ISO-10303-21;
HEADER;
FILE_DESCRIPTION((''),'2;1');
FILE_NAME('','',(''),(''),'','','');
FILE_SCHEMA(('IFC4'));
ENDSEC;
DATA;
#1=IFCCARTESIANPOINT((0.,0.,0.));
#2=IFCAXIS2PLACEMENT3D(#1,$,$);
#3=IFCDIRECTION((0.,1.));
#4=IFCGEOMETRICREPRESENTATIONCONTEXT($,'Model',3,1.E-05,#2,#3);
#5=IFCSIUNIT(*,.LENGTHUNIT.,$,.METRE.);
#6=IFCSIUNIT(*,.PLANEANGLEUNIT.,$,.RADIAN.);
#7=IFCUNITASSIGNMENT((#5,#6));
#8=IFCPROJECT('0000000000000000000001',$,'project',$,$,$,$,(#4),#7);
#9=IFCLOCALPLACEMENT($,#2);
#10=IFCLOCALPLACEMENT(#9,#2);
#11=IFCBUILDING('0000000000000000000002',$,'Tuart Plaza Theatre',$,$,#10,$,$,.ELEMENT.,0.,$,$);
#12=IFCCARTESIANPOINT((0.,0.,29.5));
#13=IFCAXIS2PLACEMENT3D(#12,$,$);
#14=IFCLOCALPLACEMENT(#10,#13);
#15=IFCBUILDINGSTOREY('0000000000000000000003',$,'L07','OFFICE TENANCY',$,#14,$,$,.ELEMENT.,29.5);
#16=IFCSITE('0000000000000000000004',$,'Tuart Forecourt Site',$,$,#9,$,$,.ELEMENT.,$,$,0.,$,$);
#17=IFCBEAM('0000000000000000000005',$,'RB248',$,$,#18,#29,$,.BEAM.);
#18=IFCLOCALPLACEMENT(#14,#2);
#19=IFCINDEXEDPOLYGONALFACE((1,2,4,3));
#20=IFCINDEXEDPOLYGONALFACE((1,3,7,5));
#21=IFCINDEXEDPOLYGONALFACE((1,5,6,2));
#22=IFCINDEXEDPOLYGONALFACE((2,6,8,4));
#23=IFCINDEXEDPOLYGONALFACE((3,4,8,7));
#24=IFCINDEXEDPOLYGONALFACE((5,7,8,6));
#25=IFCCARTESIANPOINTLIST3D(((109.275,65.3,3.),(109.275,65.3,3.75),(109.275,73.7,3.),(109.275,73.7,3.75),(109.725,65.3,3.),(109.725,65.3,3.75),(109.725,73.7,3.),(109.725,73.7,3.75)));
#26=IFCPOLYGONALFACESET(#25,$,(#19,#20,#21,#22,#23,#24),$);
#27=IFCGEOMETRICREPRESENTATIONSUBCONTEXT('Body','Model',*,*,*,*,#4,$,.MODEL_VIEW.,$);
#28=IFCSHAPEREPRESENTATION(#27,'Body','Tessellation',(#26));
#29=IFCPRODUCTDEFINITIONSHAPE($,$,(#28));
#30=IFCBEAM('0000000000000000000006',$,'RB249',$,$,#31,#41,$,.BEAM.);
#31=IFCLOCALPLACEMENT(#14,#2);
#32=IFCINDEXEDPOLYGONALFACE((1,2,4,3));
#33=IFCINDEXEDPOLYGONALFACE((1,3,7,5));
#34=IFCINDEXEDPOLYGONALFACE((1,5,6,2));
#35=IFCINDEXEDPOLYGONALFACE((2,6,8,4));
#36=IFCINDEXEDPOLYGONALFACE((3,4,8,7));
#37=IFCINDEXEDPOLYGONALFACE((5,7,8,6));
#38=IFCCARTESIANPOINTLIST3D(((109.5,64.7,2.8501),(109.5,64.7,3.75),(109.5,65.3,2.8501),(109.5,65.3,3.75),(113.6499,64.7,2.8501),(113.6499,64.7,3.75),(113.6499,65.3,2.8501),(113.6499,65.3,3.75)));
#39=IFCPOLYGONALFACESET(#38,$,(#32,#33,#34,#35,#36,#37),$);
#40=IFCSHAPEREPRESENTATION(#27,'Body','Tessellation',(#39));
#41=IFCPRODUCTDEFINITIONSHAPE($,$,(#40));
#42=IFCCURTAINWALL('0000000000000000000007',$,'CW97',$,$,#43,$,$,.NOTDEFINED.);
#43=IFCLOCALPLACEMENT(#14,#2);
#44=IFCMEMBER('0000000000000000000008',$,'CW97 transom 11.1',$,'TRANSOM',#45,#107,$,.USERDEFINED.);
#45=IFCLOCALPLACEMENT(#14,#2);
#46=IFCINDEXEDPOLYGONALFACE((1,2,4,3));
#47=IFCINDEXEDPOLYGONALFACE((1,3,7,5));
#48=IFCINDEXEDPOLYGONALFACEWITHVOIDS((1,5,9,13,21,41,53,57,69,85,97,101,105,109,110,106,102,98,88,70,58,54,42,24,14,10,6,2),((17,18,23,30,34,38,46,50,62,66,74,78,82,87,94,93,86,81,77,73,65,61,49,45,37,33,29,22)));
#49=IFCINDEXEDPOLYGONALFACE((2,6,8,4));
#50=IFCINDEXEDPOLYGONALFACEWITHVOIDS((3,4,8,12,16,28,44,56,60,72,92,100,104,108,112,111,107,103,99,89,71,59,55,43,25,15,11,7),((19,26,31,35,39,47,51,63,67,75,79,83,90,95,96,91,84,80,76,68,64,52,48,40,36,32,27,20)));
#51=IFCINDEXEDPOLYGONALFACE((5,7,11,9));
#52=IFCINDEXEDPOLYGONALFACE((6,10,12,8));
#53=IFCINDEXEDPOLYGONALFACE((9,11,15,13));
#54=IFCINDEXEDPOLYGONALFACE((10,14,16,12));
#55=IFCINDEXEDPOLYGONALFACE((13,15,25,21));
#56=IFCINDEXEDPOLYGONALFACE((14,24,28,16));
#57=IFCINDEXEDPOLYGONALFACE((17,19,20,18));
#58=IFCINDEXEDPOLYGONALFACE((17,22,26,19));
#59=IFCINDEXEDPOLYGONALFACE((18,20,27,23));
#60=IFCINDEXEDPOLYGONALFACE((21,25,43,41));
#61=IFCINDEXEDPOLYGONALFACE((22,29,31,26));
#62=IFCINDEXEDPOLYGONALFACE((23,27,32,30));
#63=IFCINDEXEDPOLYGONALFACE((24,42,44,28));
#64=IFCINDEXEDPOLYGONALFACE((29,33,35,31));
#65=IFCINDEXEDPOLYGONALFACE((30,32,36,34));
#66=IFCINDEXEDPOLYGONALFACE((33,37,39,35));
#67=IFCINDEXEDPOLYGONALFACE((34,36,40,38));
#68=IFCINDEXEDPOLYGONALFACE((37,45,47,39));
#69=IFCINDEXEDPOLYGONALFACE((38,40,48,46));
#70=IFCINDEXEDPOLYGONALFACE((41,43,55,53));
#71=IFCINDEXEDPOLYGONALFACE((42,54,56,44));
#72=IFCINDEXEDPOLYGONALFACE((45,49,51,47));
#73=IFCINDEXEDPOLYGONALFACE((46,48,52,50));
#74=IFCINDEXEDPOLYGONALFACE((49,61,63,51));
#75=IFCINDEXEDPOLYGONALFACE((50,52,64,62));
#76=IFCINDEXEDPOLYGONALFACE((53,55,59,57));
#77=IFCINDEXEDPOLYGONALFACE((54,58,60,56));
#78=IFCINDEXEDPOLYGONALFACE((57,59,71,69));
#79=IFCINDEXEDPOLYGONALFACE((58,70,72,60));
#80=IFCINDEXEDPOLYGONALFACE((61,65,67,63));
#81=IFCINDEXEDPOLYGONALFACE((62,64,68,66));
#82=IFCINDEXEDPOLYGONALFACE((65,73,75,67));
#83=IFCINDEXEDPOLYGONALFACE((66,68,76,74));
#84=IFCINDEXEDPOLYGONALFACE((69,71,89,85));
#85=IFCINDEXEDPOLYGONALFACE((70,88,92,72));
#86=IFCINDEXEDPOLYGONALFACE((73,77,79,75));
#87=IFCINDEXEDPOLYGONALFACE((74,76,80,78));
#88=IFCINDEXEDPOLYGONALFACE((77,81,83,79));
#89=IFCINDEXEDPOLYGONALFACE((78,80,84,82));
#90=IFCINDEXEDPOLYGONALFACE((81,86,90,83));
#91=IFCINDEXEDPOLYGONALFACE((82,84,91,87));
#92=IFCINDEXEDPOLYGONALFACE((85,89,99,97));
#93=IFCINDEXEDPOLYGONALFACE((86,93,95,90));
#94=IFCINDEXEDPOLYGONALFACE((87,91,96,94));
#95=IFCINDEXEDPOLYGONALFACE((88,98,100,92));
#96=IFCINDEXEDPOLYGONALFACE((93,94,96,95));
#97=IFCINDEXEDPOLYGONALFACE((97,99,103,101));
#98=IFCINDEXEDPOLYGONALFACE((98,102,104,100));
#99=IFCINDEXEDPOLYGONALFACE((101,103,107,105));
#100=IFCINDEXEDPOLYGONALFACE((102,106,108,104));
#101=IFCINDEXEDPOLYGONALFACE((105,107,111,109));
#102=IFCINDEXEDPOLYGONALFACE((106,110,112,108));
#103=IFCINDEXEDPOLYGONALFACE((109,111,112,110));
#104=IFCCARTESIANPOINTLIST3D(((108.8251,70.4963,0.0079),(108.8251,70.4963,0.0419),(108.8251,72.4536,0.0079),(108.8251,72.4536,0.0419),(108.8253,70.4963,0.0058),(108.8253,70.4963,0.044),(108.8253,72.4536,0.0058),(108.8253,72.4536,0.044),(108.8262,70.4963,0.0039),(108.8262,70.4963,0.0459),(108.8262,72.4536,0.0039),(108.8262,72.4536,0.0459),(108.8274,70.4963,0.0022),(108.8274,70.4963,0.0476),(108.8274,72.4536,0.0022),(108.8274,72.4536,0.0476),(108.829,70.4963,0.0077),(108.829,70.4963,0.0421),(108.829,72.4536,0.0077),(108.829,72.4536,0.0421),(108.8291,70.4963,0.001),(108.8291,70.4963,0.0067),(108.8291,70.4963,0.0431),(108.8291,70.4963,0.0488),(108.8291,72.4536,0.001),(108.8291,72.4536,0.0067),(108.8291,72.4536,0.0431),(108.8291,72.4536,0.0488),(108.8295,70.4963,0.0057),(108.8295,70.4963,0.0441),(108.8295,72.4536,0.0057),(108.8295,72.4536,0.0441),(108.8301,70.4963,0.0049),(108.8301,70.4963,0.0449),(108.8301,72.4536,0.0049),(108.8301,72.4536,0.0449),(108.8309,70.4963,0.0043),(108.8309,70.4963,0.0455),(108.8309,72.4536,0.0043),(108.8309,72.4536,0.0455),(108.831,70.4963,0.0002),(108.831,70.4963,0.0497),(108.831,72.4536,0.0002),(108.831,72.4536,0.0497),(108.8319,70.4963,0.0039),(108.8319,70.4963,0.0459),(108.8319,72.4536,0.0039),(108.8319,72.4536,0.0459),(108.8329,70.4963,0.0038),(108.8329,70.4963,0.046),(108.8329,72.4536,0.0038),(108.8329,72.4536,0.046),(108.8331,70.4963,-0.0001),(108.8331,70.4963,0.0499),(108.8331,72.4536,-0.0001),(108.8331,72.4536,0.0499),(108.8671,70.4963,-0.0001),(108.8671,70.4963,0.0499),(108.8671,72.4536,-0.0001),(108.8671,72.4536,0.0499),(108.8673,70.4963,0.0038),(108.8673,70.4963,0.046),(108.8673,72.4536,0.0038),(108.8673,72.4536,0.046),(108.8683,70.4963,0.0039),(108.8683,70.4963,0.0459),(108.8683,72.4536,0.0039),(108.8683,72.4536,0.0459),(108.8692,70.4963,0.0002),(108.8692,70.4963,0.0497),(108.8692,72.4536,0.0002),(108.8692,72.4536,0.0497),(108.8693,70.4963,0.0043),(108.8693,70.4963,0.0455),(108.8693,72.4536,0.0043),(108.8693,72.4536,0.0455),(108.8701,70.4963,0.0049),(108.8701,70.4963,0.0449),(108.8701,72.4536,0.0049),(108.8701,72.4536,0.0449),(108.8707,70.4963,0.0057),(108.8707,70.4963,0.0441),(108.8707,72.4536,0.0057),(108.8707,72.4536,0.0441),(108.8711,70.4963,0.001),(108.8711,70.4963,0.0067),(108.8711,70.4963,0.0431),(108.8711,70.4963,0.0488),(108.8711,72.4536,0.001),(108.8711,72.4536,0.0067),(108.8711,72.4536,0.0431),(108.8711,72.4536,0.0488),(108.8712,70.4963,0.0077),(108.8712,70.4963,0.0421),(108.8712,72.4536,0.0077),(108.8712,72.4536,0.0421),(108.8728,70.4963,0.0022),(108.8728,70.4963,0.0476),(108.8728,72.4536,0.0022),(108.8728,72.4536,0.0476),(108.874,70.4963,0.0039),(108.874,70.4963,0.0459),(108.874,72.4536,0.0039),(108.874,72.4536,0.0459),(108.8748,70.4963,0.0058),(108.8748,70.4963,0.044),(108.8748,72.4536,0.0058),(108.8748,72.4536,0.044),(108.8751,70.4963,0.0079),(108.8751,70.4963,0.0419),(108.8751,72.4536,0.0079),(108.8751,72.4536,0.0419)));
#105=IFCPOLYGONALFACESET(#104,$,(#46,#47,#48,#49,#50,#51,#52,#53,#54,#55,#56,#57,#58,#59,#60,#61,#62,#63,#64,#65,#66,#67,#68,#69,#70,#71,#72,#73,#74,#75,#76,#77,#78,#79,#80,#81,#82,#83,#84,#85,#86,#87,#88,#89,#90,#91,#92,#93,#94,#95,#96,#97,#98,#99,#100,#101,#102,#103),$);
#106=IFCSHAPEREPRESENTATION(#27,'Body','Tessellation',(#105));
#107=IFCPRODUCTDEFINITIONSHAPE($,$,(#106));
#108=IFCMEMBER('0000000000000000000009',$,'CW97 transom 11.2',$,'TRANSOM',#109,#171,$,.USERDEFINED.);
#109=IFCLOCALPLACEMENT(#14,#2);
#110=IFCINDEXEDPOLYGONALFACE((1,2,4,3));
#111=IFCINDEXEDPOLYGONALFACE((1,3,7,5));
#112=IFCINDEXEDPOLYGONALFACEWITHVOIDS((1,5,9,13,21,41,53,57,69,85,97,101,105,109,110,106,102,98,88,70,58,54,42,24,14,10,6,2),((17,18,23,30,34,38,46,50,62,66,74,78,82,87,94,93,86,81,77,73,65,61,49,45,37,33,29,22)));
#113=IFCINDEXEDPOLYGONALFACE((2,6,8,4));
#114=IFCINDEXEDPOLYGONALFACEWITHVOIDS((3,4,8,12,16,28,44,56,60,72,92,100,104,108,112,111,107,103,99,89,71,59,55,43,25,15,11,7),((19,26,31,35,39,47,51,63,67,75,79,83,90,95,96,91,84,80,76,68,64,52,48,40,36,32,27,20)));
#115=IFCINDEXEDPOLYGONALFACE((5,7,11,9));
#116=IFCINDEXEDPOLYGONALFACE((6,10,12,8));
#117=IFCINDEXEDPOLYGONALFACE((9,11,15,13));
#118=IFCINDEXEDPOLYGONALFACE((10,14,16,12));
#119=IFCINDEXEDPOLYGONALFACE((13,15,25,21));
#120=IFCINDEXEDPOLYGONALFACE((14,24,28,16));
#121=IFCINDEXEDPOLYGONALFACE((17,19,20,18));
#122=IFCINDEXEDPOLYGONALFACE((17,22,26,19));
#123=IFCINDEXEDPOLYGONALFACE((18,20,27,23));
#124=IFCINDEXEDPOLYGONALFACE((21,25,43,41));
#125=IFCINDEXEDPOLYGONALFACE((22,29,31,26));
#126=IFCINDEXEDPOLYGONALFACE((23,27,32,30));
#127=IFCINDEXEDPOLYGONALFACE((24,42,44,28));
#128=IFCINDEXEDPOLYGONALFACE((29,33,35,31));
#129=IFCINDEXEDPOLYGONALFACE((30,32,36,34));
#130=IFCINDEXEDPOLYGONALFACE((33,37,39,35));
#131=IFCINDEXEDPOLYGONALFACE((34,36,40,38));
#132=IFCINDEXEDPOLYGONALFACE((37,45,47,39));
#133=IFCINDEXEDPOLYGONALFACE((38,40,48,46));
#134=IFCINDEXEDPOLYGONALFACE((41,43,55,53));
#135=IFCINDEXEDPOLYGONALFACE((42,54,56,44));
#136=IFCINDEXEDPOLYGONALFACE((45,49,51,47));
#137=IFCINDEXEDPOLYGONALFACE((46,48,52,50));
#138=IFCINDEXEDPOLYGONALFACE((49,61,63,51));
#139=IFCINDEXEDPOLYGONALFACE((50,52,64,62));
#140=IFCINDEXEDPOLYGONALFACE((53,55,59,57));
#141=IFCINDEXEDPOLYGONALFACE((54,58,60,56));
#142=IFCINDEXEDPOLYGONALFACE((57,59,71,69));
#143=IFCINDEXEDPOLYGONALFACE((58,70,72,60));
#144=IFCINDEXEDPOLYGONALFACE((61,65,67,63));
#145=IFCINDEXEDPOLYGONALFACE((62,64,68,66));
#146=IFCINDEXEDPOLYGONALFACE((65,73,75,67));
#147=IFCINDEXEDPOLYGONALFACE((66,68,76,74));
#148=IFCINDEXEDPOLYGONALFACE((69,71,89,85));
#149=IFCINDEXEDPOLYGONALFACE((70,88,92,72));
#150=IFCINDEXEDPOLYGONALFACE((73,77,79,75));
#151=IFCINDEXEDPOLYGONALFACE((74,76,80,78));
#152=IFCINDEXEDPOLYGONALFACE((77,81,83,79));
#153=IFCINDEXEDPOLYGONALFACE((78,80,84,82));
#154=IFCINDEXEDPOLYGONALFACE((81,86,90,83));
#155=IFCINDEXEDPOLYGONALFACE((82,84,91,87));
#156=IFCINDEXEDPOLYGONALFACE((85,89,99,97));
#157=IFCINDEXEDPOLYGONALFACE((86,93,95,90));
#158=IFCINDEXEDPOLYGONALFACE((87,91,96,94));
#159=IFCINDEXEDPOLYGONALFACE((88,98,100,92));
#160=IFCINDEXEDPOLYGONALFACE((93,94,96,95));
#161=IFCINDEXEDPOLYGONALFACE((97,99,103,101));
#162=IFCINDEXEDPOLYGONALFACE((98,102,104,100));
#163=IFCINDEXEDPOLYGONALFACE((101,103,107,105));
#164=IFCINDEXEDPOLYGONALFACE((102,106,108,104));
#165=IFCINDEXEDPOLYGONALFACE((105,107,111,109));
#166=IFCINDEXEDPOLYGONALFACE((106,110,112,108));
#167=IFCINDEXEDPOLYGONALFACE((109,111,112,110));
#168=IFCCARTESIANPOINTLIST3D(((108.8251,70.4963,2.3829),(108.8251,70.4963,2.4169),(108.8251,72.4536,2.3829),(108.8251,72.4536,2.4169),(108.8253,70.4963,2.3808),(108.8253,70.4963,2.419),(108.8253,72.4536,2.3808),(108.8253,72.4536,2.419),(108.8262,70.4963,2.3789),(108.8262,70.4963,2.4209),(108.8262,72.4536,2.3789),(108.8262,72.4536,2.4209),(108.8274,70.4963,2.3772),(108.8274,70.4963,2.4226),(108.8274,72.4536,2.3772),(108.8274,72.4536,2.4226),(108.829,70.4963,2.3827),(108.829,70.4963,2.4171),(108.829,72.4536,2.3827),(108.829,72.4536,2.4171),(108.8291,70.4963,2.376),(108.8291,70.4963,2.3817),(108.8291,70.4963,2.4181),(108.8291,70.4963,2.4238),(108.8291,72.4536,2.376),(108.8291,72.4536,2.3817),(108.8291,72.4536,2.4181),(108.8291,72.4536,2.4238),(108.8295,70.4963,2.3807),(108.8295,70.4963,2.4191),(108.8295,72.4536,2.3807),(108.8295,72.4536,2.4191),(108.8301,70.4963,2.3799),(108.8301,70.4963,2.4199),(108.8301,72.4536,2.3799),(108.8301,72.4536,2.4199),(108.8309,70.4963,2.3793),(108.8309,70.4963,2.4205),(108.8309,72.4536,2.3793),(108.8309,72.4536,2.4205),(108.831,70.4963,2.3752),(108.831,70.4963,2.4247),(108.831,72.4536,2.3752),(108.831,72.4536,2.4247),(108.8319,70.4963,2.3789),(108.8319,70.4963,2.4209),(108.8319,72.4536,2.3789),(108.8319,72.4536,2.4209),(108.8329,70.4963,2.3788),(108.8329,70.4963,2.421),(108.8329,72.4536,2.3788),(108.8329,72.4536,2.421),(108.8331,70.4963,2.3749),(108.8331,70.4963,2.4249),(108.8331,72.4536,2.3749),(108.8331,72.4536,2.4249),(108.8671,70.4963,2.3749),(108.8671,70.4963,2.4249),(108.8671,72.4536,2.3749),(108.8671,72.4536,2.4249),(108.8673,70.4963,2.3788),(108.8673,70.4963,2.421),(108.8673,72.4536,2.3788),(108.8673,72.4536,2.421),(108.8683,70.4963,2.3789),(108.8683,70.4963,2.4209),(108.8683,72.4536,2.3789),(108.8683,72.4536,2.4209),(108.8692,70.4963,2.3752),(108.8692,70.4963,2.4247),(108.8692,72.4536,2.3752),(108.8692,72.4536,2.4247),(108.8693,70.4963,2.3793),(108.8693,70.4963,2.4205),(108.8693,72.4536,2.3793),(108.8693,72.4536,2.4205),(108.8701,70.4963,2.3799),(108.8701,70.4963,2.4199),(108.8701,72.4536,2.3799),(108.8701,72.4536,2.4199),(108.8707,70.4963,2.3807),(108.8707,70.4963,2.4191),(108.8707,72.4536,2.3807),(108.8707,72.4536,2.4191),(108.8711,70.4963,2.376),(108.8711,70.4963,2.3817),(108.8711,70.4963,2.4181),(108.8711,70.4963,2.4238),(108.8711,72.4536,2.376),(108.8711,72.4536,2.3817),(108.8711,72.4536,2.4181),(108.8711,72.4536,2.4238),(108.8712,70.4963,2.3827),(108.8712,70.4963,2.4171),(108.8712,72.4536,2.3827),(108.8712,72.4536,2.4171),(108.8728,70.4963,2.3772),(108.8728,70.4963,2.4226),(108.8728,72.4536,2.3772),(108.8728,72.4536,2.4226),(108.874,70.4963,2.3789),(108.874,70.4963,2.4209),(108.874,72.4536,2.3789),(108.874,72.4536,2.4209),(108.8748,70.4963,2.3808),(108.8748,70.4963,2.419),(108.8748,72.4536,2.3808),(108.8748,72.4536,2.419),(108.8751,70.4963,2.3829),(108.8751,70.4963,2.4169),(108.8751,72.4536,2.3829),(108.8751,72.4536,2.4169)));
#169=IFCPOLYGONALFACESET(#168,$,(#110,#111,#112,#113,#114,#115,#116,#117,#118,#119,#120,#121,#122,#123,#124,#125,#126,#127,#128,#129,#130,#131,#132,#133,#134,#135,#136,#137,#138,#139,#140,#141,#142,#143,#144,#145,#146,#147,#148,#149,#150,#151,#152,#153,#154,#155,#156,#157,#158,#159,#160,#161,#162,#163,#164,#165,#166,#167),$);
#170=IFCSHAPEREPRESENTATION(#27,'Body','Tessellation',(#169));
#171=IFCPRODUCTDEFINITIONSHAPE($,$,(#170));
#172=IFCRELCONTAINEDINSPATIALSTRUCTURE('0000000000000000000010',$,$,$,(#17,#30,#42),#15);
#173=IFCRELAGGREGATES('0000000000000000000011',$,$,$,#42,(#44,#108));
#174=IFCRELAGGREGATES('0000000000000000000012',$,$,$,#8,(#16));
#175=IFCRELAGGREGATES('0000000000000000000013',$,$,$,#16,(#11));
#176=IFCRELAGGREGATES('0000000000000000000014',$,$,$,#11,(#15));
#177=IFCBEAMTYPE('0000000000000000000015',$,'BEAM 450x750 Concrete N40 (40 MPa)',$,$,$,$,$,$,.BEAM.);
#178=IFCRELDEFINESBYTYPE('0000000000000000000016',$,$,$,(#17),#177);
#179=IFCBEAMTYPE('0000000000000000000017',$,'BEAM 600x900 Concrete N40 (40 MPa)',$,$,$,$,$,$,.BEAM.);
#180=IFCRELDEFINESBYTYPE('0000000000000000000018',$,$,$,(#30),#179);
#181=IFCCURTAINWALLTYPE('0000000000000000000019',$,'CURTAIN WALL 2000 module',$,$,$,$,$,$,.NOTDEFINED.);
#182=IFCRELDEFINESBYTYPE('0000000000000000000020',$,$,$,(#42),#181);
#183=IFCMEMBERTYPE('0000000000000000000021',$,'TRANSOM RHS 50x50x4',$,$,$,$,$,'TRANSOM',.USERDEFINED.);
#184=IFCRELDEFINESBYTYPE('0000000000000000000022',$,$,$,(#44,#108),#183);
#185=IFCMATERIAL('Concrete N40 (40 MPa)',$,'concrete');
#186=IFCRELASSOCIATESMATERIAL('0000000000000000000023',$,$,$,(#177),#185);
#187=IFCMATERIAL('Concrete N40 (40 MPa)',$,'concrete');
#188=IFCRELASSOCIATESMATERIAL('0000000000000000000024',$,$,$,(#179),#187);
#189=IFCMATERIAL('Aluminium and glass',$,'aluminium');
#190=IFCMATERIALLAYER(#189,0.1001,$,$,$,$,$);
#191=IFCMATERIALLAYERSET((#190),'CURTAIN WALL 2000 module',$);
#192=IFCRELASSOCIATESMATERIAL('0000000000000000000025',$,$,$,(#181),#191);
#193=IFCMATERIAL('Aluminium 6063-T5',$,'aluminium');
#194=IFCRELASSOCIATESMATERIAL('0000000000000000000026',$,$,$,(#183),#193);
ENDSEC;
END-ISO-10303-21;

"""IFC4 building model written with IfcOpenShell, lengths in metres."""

from ifc_helpers import new_model, si_unit, direction, frame, origin, origin_2d, place, context, subcontext, project, spatial, rectangle, hollow_rectangle, extrude, material, layer, layer_set, material_profile, profile_set, type_object, element, aggregate, save


model = new_model("IFC4")

# Units and contexts
model_context = context("Model", 3, precision=1e-05, world=origin(), true_north=direction((0.0, 1.0)))
body_context = subcontext(model_context, "Body", "Model", "MODEL_VIEW")
ifc_project = project(units=[si_unit("LENGTHUNIT", "METRE"), si_unit("PLANEANGLEUNIT", "RADIAN")], contexts=[model_context])

# Site, building, storey
site_placement = place(None, origin())
site = spatial("IfcSite", under=ifc_project, at=site_placement, Name="Tuart Forecourt Site", CompositionType="ELEMENT", RefElevation=0.0)
building_placement = place(site_placement, origin())
building = spatial("IfcBuilding", under=site, at=building_placement, Name="Tuart Plaza Theatre", CompositionType="ELEMENT", ElevationOfRefHeight=0.0)
storey_placement = place(building_placement, frame((0.0, 0.0, 29.5)))
storey = spatial("IfcBuildingStorey", under=building, at=storey_placement, Name="L07", Description="OFFICE TENANCY", CompositionType="ELEMENT", Elevation=29.5)

# Beams
ifc_material_1 = material(Name="Concrete N40 (40 MPa)", Category="concrete")
ifc_material_profile_1 = material_profile(ifc_material_1, rectangle(XDim=0.45, YDim=0.75, at=origin_2d()), Name="BEAM 450x750 Concrete N40 (40 MPa)")
ifc_profile_set_1 = profile_set([ifc_material_profile_1], Name="Concrete N40 (40 MPa)")
beam_type_1 = type_object("IfcBeamType", Name="BEAM 450x750 Concrete N40 (40 MPa)", PredefinedType="BEAM", material=ifc_profile_set_1)
beam_1_placement = place(storey_placement, frame((109.5, 65.3, 3.375), z_axis=(0.0, 1.0, 0.0), x_axis=(-1.0, 0.0, 0.0)))
element("IfcBeam", 1, at=beam_1_placement, inside=storey, type_object=beam_type_1, Name="RB248", PredefinedType="BEAM", context=body_context, shape_type="SweptSolid", body=[
    extrude(rectangle(XDim=0.45, YDim=0.75, at=origin_2d()), origin(), (0.0, 0.0, 1.0), 8.3999),
])
ifc_material_2 = material(Name="Concrete N40 (40 MPa)", Category="concrete")
ifc_material_profile_2 = material_profile(ifc_material_2, rectangle(XDim=0.6001, YDim=0.8999, at=origin_2d()), Name="BEAM 600x900 Concrete N40 (40 MPa)")
ifc_profile_set_2 = profile_set([ifc_material_profile_2], Name="Concrete N40 (40 MPa)")
beam_type_2 = type_object("IfcBeamType", Name="BEAM 600x900 Concrete N40 (40 MPa)", PredefinedType="BEAM", material=ifc_profile_set_2)
beam_2_placement = place(storey_placement, frame((109.5, 65.0, 3.3), z_axis=(1.0, 0.0, 0.0), x_axis=(0.0, 1.0, 0.0)))
element("IfcBeam", 2, at=beam_2_placement, inside=storey, type_object=beam_type_2, Name="RB249", PredefinedType="BEAM", context=body_context, shape_type="SweptSolid", body=[
    extrude(rectangle(XDim=0.6001, YDim=0.8999, at=origin_2d()), origin(), (0.0, 0.0, 1.0), 4.1499),
])

# Curtain wall, members
ifc_material_3 = material(Name="Aluminium and glass", Category="aluminium")
ifc_layer_1 = layer(ifc_material_3, 0.1001)
ifc_layer_set_1 = layer_set([ifc_layer_1], Name="CURTAIN WALL 2000 module")
curtain_wall_type = type_object("IfcCurtainWallType", Name="CURTAIN WALL 2000 module", PredefinedType="NOTDEFINED", material=ifc_layer_set_1)
curtain_wall_1_placement = place(storey_placement, origin())
curtain_wall_1 = element("IfcCurtainWall", 3, at=curtain_wall_1_placement, inside=storey, type_object=curtain_wall_type, Name="CW97", PredefinedType="NOTDEFINED")
ifc_material_4 = material(Name="Aluminium 6063-T5", Category="aluminium")
ifc_material_profile_3 = material_profile(ifc_material_4, hollow_rectangle(XDim=0.05, YDim=0.05, WallThickness=0.0039, InnerFilletRadius=0.0039, OuterFilletRadius=0.0081, at=origin_2d()), Name="RHS 50x50x4")
ifc_profile_set_3 = profile_set([ifc_material_profile_3], Name="Aluminium 6063-T5")
member_type = type_object("IfcMemberType", Name="TRANSOM RHS 50x50x4", ElementType="TRANSOM", PredefinedType="USERDEFINED", material=ifc_profile_set_3)
member_1_placement = place(storey_placement, frame((108.8501, 72.4536, 0.0249), z_axis=(0.0, -1.0, 0.0), x_axis=(1.0, 0.0, 0.0)))
member_1 = element("IfcMember", 4, at=member_1_placement, type_object=member_type, Name="CW97 transom 11.1", ObjectType="TRANSOM", PredefinedType="USERDEFINED", context=body_context, shape_type="SweptSolid", body=[
    extrude(hollow_rectangle(XDim=0.05, YDim=0.05, WallThickness=0.0039, InnerFilletRadius=0.0039, OuterFilletRadius=0.0081, at=origin_2d()), origin(), (0.0, 0.0, 1.0), 1.9573),
])
member_2_placement = place(storey_placement, frame((108.8501, 72.4536, 2.3999), z_axis=(0.0, -1.0, 0.0), x_axis=(1.0, 0.0, 0.0)))
member_2 = element("IfcMember", 5, at=member_2_placement, type_object=member_type, Name="CW97 transom 11.2", ObjectType="TRANSOM", PredefinedType="USERDEFINED", context=body_context, shape_type="SweptSolid", body=[
    extrude(hollow_rectangle(XDim=0.05, YDim=0.05, WallThickness=0.0039, InnerFilletRadius=0.0039, OuterFilletRadius=0.0081, at=origin_2d()), origin(), (0.0, 0.0, 1.0), 1.9573),
])
aggregate(curtain_wall_1, [member_1, member_2])

save(model, "model.ifc")
